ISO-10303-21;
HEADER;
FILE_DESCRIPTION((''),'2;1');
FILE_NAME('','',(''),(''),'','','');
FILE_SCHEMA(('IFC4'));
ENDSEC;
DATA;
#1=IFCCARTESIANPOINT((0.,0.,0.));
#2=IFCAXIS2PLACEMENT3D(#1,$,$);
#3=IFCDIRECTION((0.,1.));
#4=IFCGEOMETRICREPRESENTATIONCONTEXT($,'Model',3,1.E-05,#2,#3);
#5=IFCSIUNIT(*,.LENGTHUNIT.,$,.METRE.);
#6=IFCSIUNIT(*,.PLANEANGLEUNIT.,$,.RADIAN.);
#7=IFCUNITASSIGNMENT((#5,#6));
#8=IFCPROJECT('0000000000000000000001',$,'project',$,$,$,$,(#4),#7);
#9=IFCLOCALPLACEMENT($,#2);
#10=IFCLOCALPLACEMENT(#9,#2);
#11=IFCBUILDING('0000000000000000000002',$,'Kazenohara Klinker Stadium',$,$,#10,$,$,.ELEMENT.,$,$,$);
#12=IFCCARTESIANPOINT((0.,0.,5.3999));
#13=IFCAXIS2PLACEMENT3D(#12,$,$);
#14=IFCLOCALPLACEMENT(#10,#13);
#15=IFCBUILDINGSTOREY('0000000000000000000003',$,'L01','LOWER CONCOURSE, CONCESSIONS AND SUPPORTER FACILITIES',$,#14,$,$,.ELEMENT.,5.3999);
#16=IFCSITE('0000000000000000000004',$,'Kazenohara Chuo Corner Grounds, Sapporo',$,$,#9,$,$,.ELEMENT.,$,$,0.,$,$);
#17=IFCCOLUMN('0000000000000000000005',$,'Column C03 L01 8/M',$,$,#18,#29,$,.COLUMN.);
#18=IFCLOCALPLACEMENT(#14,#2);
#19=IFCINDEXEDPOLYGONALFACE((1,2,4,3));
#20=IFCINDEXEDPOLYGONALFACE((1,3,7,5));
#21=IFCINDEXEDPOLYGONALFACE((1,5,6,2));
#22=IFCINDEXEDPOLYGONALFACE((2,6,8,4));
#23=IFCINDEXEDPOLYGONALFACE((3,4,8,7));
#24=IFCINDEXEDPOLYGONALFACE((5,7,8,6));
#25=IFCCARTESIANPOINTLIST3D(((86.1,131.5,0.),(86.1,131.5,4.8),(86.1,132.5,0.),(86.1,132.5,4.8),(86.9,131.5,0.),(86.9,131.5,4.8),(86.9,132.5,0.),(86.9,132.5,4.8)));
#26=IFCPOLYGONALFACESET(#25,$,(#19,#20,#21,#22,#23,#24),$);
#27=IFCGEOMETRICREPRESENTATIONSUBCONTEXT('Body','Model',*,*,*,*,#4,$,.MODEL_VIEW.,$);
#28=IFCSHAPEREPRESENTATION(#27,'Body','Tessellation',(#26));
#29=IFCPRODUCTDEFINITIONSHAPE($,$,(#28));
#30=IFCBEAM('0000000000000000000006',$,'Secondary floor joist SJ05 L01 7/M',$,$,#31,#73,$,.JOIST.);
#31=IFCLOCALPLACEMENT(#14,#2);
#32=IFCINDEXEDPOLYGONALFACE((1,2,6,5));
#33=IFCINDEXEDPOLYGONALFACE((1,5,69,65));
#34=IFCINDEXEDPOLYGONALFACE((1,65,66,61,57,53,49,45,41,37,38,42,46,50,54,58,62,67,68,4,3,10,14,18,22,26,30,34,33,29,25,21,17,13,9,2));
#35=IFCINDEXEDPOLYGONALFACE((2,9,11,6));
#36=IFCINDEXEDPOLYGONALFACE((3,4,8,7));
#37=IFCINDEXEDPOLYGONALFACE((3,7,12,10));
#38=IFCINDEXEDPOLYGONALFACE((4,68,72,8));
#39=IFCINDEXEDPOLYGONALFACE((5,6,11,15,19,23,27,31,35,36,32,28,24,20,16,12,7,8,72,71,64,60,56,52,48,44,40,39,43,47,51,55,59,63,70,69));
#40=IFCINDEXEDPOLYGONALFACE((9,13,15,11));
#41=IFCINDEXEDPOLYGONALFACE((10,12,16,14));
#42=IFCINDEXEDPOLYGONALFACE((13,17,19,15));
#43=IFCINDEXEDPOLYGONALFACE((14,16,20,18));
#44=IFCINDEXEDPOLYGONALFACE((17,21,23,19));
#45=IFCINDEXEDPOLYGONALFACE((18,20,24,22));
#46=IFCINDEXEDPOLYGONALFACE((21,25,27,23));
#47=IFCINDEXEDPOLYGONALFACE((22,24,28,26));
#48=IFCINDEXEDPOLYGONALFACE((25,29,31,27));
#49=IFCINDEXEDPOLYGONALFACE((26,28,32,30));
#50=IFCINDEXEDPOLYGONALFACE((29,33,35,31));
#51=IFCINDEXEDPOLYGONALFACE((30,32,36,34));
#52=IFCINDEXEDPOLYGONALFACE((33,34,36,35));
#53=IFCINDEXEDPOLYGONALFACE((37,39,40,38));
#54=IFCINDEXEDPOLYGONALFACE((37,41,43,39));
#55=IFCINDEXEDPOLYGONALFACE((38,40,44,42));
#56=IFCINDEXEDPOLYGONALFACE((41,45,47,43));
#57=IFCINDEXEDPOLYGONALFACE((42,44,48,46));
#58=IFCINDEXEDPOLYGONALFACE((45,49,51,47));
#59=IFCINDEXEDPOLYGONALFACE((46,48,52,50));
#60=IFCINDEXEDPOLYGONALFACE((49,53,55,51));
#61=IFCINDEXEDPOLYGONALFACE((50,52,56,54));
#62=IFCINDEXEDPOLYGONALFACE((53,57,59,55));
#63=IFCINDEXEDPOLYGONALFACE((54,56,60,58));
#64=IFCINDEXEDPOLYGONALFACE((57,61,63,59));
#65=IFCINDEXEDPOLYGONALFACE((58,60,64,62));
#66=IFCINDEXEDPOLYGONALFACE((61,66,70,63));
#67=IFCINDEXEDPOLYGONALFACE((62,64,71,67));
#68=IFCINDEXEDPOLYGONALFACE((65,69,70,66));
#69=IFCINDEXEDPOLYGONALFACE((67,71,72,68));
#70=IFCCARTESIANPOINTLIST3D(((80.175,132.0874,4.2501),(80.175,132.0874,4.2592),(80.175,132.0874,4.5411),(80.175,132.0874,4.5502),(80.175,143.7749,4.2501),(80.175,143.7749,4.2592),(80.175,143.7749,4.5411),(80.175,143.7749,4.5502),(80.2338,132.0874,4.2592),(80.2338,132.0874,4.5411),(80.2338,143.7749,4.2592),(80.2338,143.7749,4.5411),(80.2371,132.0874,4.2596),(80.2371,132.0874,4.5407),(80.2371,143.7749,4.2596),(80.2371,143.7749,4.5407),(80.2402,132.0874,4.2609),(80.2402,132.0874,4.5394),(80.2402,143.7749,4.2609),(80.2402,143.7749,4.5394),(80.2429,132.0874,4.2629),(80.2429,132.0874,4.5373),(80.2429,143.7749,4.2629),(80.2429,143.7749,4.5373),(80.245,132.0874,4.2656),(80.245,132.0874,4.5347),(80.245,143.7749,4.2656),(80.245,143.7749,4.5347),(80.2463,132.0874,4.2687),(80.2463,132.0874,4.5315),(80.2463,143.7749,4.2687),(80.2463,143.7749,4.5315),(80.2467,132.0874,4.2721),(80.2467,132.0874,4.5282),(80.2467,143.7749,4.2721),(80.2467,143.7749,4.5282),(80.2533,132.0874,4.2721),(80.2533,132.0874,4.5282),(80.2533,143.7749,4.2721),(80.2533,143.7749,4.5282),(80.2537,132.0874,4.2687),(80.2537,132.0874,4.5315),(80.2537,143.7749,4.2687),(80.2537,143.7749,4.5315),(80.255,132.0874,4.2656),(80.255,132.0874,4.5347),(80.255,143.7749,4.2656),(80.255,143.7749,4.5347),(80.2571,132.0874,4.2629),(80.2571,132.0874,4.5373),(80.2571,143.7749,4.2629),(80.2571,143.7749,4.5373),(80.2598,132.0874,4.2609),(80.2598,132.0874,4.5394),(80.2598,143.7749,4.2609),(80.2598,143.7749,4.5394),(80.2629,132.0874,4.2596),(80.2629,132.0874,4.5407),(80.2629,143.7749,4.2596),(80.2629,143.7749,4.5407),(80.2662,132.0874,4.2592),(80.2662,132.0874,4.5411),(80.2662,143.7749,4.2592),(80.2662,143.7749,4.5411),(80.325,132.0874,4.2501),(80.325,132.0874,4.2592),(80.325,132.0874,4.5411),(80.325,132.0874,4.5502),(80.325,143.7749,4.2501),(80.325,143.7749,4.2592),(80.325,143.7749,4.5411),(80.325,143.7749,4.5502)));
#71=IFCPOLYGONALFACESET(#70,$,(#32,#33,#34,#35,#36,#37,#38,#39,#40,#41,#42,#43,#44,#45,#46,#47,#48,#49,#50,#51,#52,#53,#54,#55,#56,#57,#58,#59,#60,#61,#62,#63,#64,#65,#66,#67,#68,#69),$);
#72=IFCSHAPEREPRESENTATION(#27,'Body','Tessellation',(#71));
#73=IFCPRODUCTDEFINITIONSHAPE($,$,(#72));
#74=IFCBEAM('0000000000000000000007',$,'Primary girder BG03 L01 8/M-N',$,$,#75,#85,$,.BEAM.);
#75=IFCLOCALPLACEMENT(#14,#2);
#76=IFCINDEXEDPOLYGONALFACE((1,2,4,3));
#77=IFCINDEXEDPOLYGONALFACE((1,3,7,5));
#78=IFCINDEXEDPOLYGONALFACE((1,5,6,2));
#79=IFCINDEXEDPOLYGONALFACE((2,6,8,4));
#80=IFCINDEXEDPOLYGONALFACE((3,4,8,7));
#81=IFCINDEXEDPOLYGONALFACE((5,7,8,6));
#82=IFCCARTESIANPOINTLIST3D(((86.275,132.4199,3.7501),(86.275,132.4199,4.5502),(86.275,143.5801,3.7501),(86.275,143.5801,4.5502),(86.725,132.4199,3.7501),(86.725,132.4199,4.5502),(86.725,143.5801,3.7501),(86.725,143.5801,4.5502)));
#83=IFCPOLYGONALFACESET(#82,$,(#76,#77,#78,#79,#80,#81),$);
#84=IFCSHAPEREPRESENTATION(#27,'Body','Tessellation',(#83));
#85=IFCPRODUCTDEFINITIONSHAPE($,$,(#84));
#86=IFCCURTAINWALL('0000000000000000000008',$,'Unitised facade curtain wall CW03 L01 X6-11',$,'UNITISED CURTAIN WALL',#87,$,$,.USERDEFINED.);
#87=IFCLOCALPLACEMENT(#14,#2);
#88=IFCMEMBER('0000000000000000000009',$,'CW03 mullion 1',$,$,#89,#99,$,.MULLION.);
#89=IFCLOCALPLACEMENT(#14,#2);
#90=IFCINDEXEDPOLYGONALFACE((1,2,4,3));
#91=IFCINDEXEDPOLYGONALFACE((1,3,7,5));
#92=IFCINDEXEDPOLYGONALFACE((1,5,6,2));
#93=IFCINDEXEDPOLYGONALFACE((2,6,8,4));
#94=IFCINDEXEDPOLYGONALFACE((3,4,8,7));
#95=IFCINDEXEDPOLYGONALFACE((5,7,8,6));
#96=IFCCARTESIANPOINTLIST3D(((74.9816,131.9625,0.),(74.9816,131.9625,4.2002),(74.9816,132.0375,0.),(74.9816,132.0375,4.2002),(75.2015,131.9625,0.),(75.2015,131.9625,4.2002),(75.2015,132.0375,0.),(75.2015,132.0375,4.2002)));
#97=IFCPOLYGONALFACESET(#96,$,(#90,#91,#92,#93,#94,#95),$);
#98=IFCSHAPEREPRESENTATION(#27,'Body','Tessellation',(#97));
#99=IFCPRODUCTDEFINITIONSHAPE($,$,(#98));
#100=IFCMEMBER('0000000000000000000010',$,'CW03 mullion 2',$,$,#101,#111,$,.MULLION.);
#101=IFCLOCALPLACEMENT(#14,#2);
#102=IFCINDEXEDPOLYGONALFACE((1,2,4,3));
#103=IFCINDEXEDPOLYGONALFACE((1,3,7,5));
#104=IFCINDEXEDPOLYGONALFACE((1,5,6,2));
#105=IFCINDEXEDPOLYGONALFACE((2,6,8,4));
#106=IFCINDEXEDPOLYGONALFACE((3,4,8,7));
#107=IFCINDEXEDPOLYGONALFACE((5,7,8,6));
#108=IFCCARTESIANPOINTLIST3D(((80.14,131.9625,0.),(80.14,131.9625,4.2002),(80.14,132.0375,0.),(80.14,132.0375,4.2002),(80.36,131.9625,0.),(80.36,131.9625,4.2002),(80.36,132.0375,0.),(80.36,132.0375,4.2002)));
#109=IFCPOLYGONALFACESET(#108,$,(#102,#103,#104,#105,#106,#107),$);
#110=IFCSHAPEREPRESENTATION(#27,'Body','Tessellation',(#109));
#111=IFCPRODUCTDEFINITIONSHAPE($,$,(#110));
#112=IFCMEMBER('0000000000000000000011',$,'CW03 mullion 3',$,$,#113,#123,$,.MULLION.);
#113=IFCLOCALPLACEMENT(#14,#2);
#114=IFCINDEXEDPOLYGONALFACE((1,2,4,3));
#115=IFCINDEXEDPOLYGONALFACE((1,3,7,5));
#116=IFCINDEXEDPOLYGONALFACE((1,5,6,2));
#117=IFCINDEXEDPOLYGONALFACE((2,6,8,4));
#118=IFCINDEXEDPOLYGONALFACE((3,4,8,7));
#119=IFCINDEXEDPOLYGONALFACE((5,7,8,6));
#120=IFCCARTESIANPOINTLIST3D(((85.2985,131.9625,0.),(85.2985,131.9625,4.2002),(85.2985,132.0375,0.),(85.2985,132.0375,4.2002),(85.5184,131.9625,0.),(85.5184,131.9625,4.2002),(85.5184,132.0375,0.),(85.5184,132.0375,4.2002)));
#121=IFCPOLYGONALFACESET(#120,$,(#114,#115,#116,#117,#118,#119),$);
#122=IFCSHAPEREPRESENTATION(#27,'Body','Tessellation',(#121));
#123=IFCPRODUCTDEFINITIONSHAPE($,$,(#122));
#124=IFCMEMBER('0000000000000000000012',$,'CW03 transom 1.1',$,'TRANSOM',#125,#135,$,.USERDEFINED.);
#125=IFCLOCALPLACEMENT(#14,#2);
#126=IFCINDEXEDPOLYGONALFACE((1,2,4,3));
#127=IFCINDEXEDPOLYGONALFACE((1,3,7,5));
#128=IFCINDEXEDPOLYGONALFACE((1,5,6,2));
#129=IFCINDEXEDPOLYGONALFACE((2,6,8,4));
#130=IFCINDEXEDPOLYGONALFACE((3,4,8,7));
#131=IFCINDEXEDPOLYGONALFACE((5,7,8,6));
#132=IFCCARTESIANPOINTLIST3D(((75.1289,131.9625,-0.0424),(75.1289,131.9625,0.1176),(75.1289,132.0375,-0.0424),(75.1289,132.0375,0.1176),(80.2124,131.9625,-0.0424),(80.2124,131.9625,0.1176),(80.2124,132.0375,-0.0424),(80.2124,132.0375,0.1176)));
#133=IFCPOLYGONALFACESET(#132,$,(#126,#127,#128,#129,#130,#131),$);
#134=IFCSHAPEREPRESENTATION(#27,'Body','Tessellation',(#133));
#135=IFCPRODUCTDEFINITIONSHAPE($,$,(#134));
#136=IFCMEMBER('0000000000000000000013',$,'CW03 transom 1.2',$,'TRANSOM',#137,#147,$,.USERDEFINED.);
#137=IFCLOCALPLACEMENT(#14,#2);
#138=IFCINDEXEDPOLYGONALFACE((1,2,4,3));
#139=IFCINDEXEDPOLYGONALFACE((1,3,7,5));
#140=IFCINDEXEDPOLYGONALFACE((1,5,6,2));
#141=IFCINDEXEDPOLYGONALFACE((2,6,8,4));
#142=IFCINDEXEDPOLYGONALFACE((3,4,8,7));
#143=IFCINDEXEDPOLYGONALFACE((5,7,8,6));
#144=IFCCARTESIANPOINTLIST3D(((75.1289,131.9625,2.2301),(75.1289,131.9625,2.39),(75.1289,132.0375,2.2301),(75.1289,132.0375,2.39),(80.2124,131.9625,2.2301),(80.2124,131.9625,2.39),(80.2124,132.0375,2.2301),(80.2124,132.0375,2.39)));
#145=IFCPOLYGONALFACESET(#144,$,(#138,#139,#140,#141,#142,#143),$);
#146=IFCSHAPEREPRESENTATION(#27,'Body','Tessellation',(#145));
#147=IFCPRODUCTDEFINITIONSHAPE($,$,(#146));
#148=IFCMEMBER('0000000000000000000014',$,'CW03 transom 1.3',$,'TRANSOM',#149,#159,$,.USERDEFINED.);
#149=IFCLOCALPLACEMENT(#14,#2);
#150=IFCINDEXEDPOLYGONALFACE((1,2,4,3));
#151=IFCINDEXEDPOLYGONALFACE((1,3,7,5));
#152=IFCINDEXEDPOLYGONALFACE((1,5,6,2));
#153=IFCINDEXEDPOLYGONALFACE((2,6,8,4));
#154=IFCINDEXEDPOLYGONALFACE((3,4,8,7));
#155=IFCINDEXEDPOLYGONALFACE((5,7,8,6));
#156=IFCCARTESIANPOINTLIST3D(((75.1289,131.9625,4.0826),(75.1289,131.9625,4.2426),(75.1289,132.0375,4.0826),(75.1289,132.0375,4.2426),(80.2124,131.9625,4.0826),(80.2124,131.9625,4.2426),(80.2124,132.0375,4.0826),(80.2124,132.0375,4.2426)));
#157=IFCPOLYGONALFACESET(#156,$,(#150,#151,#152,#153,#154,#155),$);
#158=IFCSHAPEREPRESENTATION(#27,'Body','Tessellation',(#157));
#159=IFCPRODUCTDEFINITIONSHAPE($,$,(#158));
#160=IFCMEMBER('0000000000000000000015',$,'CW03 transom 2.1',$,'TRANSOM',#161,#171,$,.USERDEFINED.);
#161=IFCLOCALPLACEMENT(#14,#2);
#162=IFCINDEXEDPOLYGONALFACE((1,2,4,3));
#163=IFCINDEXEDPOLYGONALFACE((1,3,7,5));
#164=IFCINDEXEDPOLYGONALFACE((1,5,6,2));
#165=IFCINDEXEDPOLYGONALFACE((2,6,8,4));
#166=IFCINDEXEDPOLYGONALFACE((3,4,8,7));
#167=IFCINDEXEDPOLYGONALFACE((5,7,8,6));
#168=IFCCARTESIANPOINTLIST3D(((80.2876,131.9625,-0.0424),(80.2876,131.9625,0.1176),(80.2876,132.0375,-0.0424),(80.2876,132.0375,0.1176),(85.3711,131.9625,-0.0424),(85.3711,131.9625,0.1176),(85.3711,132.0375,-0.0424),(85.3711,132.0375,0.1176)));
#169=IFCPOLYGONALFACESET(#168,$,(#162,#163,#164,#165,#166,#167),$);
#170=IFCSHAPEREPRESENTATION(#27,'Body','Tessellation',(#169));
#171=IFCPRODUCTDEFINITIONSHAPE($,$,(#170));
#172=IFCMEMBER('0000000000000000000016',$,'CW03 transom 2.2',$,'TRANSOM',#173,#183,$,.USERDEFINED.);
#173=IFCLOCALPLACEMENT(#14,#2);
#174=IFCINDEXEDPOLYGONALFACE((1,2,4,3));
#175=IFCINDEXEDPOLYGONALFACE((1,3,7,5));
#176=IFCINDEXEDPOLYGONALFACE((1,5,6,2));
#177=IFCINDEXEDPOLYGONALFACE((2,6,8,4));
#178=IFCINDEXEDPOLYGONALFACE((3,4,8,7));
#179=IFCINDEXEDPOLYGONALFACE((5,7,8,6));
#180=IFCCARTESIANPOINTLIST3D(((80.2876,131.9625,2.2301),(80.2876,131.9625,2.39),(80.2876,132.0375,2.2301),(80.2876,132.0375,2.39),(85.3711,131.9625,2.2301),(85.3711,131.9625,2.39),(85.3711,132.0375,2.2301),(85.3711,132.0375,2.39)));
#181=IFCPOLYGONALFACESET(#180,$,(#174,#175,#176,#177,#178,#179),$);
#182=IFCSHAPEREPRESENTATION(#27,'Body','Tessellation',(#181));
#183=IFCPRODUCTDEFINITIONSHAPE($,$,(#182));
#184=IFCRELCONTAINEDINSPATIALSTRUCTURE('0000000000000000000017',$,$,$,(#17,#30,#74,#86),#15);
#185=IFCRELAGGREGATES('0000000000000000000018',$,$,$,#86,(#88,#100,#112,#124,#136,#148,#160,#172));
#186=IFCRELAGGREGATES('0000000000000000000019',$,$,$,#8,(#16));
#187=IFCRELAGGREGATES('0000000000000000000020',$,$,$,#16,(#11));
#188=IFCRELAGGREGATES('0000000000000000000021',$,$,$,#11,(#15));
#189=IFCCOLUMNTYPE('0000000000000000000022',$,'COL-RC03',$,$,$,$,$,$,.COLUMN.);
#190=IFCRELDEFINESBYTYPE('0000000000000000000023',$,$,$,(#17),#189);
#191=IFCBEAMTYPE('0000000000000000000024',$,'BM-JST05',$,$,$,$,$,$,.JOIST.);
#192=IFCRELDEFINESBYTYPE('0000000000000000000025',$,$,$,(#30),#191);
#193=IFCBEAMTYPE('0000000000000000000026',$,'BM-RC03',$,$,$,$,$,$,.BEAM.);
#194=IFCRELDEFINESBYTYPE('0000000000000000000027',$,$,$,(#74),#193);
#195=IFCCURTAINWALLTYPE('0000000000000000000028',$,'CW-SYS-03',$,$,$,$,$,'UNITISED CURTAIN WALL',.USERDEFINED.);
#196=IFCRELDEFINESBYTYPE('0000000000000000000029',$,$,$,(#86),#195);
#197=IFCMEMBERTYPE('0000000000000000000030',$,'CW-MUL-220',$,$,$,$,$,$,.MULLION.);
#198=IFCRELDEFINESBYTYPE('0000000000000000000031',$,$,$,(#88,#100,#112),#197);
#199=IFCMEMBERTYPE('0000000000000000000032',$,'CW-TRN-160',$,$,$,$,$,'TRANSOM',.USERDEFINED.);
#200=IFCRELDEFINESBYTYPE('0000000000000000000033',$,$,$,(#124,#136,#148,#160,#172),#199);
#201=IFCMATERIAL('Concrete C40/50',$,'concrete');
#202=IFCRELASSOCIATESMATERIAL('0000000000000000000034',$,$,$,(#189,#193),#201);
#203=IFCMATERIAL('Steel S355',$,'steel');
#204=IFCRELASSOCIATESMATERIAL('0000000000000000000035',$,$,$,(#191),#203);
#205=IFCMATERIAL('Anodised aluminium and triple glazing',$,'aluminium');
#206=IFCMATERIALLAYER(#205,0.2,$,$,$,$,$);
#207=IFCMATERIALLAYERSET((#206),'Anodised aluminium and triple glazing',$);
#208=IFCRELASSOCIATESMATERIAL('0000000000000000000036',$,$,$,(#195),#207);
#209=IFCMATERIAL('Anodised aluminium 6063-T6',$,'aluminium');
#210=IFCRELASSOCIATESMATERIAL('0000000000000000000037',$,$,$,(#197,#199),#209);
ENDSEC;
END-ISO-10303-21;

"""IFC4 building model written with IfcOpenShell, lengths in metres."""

from ifc_helpers import new_model, si_unit, direction, frame, origin, origin_2d, place, context, subcontext, project, spatial, rectangle, i_section, extrude, material, layer, layer_set, material_profile, profile_set, type_object, element, aggregate, save


model = new_model("IFC4")

# Units and contexts
model_context = context("Model", 3, precision=1e-05, world=origin(), true_north=direction((0.0, 1.0)))
body_context = subcontext(model_context, "Body", "Model", "MODEL_VIEW")
ifc_project = project(units=[si_unit("LENGTHUNIT", "METRE"), si_unit("PLANEANGLEUNIT", "RADIAN")], contexts=[model_context])

# Site, building, storey
site_placement = place(None, origin())
site = spatial("IfcSite", under=ifc_project, at=site_placement, Name="Kazenohara Chuo Corner Grounds, Sapporo", CompositionType="ELEMENT", RefElevation=0.0)
building_placement = place(site_placement, origin())
building = spatial("IfcBuilding", under=site, at=building_placement, Name="Kazenohara Klinker Stadium", CompositionType="ELEMENT")
storey_placement = place(building_placement, frame((0.0, 0.0, 5.3999)))
storey = spatial("IfcBuildingStorey", under=building, at=storey_placement, Name="L01", Description="LOWER CONCOURSE, CONCESSIONS AND SUPPORTER FACILITIES", CompositionType="ELEMENT", Elevation=5.3999)

# Column
ifc_material_1 = material(Name="Concrete C40/50", Category="concrete")
ifc_material_profile_1 = material_profile(ifc_material_1, rectangle(XDim=0.8, YDim=1.0, at=origin_2d()), Name="RC-COL-1000x800")
ifc_profile_set_1 = profile_set([ifc_material_profile_1], Name="Concrete C40/50")
column_type = type_object("IfcColumnType", Name="COL-RC03", PredefinedType="COLUMN", material=ifc_profile_set_1)
column_placement = place(storey_placement, frame((86.5, 132.0, 0.0), z_axis=(0.0, 0.0, 1.0), x_axis=(1.0, 0.0, 0.0)))
element("IfcColumn", 1, at=column_placement, inside=storey, type_object=column_type, Name="Column C03 L01 8/M", PredefinedType="COLUMN", context=body_context, shape_type="SweptSolid", body=[
    extrude(rectangle(XDim=0.8, YDim=1.0, at=origin_2d()), origin(), (0.0, 0.0, 1.0), 4.8),
])

# Beams
ifc_material_2 = material(Name="Steel S355", Category="steel")
ifc_material_profile_2 = material_profile(ifc_material_2, i_section(OverallWidth=0.1499, OverallDepth=0.3, WebThickness=0.0066, FlangeThickness=0.009, FilletRadius=0.0129, at=origin_2d()), Name="H-300x150x6.5x9")
ifc_profile_set_2 = profile_set([ifc_material_profile_2], Name="Steel S355")
beam_type_1 = type_object("IfcBeamType", Name="BM-JST05", PredefinedType="JOIST", material=ifc_profile_set_2)
beam_1_placement = place(storey_placement, frame((80.25, 132.0874, 4.4001), z_axis=(0.0, 1.0, 0.0), x_axis=(-1.0, 0.0, 0.0)))
element("IfcBeam", 2, at=beam_1_placement, inside=storey, type_object=beam_type_1, Name="Secondary floor joist SJ05 L01 7/M", PredefinedType="JOIST", context=body_context, shape_type="SweptSolid", body=[
    extrude(i_section(OverallWidth=0.1499, OverallDepth=0.3, WebThickness=0.0066, FlangeThickness=0.009, FilletRadius=0.0129, at=origin_2d()), origin(), (0.0, 0.0, 1.0), 11.6875),
])
ifc_material_profile_3 = material_profile(ifc_material_1, rectangle(XDim=0.45, YDim=0.8, at=origin_2d()), Name="RC-BM-450x800")
ifc_profile_set_3 = profile_set([ifc_material_profile_3], Name="Concrete C40/50")
beam_type_2 = type_object("IfcBeamType", Name="BM-RC03", PredefinedType="BEAM", material=ifc_profile_set_3)
beam_2_placement = place(storey_placement, frame((86.5, 132.4199, 4.1501), z_axis=(0.0, 1.0, 0.0), x_axis=(-1.0, 0.0, 0.0)))
element("IfcBeam", 3, at=beam_2_placement, inside=storey, type_object=beam_type_2, Name="Primary girder BG03 L01 8/M-N", PredefinedType="BEAM", context=body_context, shape_type="SweptSolid", body=[
    extrude(rectangle(XDim=0.45, YDim=0.8, at=origin_2d()), origin(), (0.0, 0.0, 1.0), 11.1602),
])

# Curtain wall, members
ifc_material_3 = material(Name="Anodised aluminium and triple glazing", Category="aluminium")
ifc_layer_1 = layer(ifc_material_3, 0.2)
ifc_layer_set_1 = layer_set([ifc_layer_1], Name="Anodised aluminium and triple glazing")
curtain_wall_type = type_object("IfcCurtainWallType", Name="CW-SYS-03", ElementType="UNITISED CURTAIN WALL", PredefinedType="USERDEFINED", material=ifc_layer_set_1)
curtain_wall_placement = place(storey_placement, origin())
curtain_wall = element("IfcCurtainWall", 4, at=curtain_wall_placement, inside=storey, type_object=curtain_wall_type, Name="Unitised facade curtain wall CW03 L01 X6-11", ObjectType="UNITISED CURTAIN WALL", PredefinedType="USERDEFINED")
ifc_material_4 = material(Name="Anodised aluminium 6063-T6", Category="aluminium")
ifc_material_profile_4 = material_profile(ifc_material_4, rectangle(XDim=0.075, YDim=0.22, at=origin_2d()), Name="ALU-MUL-75x220")
ifc_profile_set_4 = profile_set([ifc_material_profile_4], Name="Anodised aluminium 6063-T6")
member_type_1 = type_object("IfcMemberType", Name="CW-MUL-220", PredefinedType="MULLION", material=ifc_profile_set_4)
member_1_placement = place(storey_placement, frame((75.0916, 132.0, 0.0), z_axis=(0.0, 0.0, 1.0), x_axis=(0.0, 1.0, 0.0)))
member_1 = element("IfcMember", 5, at=member_1_placement, type_object=member_type_1, Name="CW03 mullion 1", PredefinedType="MULLION", context=body_context, shape_type="SweptSolid", body=[
    extrude(rectangle(XDim=0.075, YDim=0.22, at=origin_2d()), origin(), (0.0, 0.0, 1.0), 4.2002),
])
member_2_placement = place(storey_placement, frame((80.25, 132.0, 0.0), z_axis=(0.0, 0.0, 1.0), x_axis=(0.0, 1.0, 0.0)))
member_2 = element("IfcMember", 6, at=member_2_placement, type_object=member_type_1, Name="CW03 mullion 2", PredefinedType="MULLION", context=body_context, shape_type="SweptSolid", body=[
    extrude(rectangle(XDim=0.075, YDim=0.22, at=origin_2d()), origin(), (0.0, 0.0, 1.0), 4.2002),
])
member_3_placement = place(storey_placement, frame((85.4084, 132.0, 0.0), z_axis=(0.0, 0.0, 1.0), x_axis=(0.0, 1.0, 0.0)))
member_3 = element("IfcMember", 7, at=member_3_placement, type_object=member_type_1, Name="CW03 mullion 3", PredefinedType="MULLION", context=body_context, shape_type="SweptSolid", body=[
    extrude(rectangle(XDim=0.075, YDim=0.22, at=origin_2d()), origin(), (0.0, 0.0, 1.0), 4.2002),
])
ifc_material_profile_5 = material_profile(ifc_material_4, rectangle(XDim=0.075, YDim=0.1599, at=origin_2d()), Name="ALU-TRN-75x160")
ifc_profile_set_5 = profile_set([ifc_material_profile_5], Name="Anodised aluminium 6063-T6")
member_type_2 = type_object("IfcMemberType", Name="CW-TRN-160", ElementType="TRANSOM", PredefinedType="USERDEFINED", material=ifc_profile_set_5)
member_4_placement = place(storey_placement, frame((75.1289, 132.0, 0.0376), z_axis=(1.0, 0.0, 0.0), x_axis=(0.0, 1.0, 0.0)))
member_4 = element("IfcMember", 8, at=member_4_placement, type_object=member_type_2, Name="CW03 transom 1.1", ObjectType="TRANSOM", PredefinedType="USERDEFINED", context=body_context, shape_type="SweptSolid", body=[
    extrude(rectangle(XDim=0.075, YDim=0.1599, at=origin_2d()), origin(), (0.0, 0.0, 1.0), 5.0835),
])
member_5_placement = place(storey_placement, frame((75.1289, 132.0, 2.3101), z_axis=(1.0, 0.0, 0.0), x_axis=(0.0, 1.0, 0.0)))
member_5 = element("IfcMember", 9, at=member_5_placement, type_object=member_type_2, Name="CW03 transom 1.2", ObjectType="TRANSOM", PredefinedType="USERDEFINED", context=body_context, shape_type="SweptSolid", body=[
    extrude(rectangle(XDim=0.075, YDim=0.1599, at=origin_2d()), origin(), (0.0, 0.0, 1.0), 5.0835),
])
member_6_placement = place(storey_placement, frame((75.1289, 132.0, 4.1626), z_axis=(1.0, 0.0, 0.0), x_axis=(0.0, 1.0, 0.0)))
member_6 = element("IfcMember", 10, at=member_6_placement, type_object=member_type_2, Name="CW03 transom 1.3", ObjectType="TRANSOM", PredefinedType="USERDEFINED", context=body_context, shape_type="SweptSolid", body=[
    extrude(rectangle(XDim=0.075, YDim=0.1599, at=origin_2d()), origin(), (0.0, 0.0, 1.0), 5.0835),
])
member_7_placement = place(storey_placement, frame((80.2876, 132.0, 0.0376), z_axis=(1.0, 0.0, 0.0), x_axis=(0.0, 1.0, 0.0)))
member_7 = element("IfcMember", 11, at=member_7_placement, type_object=member_type_2, Name="CW03 transom 2.1", ObjectType="TRANSOM", PredefinedType="USERDEFINED", context=body_context, shape_type="SweptSolid", body=[
    extrude(rectangle(XDim=0.075, YDim=0.1599, at=origin_2d()), origin(), (0.0, 0.0, 1.0), 5.0835),
])
member_8_placement = place(storey_placement, frame((80.2876, 132.0, 2.3101), z_axis=(1.0, 0.0, 0.0), x_axis=(0.0, 1.0, 0.0)))
member_8 = element("IfcMember", 12, at=member_8_placement, type_object=member_type_2, Name="CW03 transom 2.2", ObjectType="TRANSOM", PredefinedType="USERDEFINED", context=body_context, shape_type="SweptSolid", body=[
    extrude(rectangle(XDim=0.075, YDim=0.1599, at=origin_2d()), origin(), (0.0, 0.0, 1.0), 5.0835),
])

aggregate(curtain_wall, [member_1, member_2, member_3, member_4, member_5, member_6, member_7, member_8])

save(model, "model.ifc")
